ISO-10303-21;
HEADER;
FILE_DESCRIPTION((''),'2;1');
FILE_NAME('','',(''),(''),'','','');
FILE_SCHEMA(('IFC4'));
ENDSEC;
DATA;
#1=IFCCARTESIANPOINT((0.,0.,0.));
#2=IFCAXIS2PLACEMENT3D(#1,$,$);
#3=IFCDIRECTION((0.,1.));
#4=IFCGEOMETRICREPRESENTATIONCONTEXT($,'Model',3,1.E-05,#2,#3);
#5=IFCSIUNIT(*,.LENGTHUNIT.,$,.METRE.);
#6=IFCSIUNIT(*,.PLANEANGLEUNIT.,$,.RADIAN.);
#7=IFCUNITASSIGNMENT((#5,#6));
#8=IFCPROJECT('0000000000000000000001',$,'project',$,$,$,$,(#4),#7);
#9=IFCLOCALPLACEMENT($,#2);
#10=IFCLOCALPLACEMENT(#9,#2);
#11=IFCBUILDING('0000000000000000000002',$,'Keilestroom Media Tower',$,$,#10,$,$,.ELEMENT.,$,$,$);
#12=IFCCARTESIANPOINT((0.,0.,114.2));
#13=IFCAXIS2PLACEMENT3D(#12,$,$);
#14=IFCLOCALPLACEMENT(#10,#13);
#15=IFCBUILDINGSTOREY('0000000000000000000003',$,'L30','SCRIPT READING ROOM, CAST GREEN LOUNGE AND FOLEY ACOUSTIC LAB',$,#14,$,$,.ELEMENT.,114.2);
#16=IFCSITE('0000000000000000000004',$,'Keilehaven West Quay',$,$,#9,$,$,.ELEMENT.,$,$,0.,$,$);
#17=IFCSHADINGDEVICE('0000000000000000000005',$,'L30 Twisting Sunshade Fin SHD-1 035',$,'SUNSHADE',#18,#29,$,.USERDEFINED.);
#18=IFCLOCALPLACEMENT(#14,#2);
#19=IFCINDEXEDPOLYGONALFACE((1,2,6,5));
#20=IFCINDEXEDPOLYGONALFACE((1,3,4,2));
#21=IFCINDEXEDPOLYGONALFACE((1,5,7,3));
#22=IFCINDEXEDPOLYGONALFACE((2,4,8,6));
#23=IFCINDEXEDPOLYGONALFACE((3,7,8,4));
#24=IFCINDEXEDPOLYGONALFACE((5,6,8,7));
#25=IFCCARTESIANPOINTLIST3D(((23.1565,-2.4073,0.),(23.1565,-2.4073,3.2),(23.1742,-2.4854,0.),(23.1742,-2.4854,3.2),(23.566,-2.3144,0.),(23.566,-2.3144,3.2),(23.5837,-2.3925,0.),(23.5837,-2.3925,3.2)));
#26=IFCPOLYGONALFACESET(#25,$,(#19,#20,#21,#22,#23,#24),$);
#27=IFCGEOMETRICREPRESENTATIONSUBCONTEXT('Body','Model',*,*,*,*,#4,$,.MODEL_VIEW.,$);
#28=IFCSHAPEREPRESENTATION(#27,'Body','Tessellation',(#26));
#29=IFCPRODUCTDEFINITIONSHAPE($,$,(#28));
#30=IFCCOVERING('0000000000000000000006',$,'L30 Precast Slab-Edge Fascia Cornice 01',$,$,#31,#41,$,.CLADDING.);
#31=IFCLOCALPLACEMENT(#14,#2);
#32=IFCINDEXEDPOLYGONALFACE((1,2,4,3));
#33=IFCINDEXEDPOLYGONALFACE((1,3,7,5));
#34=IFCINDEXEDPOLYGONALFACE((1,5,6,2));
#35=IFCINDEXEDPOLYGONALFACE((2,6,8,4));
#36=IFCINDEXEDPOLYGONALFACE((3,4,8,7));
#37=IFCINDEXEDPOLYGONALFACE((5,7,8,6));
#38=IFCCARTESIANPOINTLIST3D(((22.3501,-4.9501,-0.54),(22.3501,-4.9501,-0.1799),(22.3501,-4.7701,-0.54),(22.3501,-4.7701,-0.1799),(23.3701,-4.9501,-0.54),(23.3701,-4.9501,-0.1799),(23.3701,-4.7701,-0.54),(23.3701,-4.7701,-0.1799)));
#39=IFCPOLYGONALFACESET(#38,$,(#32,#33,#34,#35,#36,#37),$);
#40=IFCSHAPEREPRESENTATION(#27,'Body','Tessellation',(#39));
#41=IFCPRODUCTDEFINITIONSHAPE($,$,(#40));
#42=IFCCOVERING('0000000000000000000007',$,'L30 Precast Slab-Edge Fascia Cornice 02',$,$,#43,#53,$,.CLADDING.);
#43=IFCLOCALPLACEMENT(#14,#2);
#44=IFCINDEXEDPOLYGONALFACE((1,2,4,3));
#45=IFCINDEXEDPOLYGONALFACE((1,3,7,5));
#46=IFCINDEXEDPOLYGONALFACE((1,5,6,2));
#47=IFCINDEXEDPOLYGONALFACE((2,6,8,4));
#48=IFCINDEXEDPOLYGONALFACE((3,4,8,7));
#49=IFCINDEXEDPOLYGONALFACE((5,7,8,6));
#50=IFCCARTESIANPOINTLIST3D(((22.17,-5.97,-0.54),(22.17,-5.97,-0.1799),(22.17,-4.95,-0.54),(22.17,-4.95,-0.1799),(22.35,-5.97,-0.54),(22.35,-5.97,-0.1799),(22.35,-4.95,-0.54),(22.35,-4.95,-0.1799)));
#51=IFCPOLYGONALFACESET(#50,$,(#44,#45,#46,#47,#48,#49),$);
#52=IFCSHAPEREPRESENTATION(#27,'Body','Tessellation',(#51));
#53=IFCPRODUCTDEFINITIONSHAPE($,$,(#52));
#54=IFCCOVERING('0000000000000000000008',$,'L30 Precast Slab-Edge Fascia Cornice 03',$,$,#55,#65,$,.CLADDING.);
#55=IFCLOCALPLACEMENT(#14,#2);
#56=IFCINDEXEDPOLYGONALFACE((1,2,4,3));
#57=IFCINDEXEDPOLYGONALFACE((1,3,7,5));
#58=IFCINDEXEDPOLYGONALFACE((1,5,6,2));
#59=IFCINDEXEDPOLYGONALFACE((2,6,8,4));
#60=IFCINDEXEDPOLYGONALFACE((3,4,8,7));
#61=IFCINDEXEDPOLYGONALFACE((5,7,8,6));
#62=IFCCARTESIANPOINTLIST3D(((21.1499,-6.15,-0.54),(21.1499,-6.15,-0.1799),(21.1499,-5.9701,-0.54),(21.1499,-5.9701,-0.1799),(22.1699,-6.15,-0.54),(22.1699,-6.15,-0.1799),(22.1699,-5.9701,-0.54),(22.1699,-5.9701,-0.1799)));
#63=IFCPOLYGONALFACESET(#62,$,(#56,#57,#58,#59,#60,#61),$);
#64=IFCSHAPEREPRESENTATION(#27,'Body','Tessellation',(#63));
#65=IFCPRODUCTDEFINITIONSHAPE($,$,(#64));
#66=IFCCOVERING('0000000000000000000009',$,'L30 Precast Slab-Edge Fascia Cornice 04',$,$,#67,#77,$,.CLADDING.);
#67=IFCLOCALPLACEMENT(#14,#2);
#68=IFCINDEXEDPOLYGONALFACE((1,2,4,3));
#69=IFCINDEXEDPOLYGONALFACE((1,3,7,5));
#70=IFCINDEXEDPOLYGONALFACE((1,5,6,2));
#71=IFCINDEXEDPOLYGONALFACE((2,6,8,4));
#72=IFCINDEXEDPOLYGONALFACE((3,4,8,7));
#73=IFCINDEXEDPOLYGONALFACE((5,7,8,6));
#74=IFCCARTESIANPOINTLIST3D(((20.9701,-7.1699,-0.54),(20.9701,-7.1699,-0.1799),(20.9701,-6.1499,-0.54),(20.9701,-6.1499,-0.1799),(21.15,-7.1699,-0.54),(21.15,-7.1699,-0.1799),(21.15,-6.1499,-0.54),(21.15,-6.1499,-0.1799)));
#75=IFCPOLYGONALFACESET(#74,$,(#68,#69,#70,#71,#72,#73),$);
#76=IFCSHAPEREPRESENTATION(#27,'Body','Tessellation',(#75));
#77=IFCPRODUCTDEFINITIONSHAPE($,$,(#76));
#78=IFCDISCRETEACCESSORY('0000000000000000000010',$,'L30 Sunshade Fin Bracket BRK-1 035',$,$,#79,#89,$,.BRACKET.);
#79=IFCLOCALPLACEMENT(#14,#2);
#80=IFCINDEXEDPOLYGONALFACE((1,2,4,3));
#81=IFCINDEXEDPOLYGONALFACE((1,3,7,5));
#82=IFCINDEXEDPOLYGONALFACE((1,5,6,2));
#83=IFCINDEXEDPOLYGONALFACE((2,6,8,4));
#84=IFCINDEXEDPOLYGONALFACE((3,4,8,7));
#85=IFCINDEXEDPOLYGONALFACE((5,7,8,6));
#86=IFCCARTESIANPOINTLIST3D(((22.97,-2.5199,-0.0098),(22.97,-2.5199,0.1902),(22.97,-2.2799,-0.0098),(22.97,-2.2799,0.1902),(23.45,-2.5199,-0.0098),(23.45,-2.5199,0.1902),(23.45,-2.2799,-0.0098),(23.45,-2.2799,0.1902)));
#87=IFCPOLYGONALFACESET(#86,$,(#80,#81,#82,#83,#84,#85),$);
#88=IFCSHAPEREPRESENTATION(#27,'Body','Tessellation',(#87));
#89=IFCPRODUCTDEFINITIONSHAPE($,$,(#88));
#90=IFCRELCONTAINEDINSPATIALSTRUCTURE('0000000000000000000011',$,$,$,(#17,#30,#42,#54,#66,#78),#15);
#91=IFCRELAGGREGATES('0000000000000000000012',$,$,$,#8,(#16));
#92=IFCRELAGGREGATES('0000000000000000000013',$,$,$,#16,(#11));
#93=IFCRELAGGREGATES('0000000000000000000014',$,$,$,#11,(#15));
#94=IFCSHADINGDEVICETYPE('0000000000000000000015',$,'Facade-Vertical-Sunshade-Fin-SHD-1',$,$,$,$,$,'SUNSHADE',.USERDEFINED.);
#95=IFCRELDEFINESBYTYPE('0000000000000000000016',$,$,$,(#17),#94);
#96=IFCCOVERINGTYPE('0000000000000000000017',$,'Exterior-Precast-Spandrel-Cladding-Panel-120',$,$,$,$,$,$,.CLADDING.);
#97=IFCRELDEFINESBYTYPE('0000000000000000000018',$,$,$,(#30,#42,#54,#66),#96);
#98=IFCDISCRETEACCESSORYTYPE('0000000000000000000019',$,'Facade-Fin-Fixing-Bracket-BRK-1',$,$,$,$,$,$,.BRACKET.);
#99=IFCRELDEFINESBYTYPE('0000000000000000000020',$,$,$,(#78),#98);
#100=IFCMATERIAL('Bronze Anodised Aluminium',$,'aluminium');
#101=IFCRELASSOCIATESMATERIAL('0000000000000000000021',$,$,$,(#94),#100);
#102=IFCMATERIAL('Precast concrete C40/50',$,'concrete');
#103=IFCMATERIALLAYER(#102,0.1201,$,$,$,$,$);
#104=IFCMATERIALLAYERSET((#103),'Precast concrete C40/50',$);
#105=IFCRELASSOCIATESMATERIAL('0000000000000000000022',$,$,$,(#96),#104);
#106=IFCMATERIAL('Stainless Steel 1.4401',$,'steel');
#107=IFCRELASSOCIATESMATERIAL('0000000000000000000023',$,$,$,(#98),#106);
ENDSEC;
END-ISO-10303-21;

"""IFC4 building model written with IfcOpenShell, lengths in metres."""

from ifc_helpers import new_model, si_unit, direction, frame, origin, origin_2d, place, context, subcontext, project, spatial, rectangle, extrude, source, transform, mapped, material, layer, layer_set, type_object, element, save


model = new_model("IFC4")

# Units and contexts
model_context = context("Model", 3, precision=1e-05, world=origin(), true_north=direction((0.0, 1.0)))
body_context = subcontext(model_context, "Body", "Model", "MODEL_VIEW")
ifc_project = project(units=[si_unit("LENGTHUNIT", "METRE"), si_unit("PLANEANGLEUNIT", "RADIAN")], contexts=[model_context])

# Site, building, storey
site_placement = place(None, origin())
site = spatial("IfcSite", under=ifc_project, at=site_placement, Name="Keilehaven West Quay", CompositionType="ELEMENT", RefElevation=0.0)
building_placement = place(site_placement, origin())
building = spatial("IfcBuilding", under=site, at=building_placement, Name="Keilestroom Media Tower", CompositionType="ELEMENT")
storey_placement = place(building_placement, frame((0.0, 0.0, 114.2)))
storey = spatial("IfcBuildingStorey", under=building, at=storey_placement, Name="L30", Description="SCRIPT READING ROOM, CAST GREEN LOUNGE AND FOLEY ACOUSTIC LAB", CompositionType="ELEMENT", Elevation=114.2)

# Shared definitions
ifc_material_1 = material(Name="Precast concrete C40/50", Category="concrete")

# Shading device
ifc_material_2 = material(Name="Bronze Anodised Aluminium", Category="aluminium")
shading_device_type = type_object("IfcShadingDeviceType", Name="Facade-Vertical-Sunshade-Fin-SHD-1", ElementType="SUNSHADE", PredefinedType="USERDEFINED", material=ifc_material_2)
shared_shape_1 = source(origin(), body_context, "Body", "SweptSolid", [
    extrude(rectangle(XDim=0.4199, YDim=0.0801, at=origin_2d()), origin(), (0.0, 0.0, 1.0), 3.2),
])
shading_device_placement = place(storey_placement, frame((23.3701, -2.3999, 0.0), z_axis=(0.0, 0.0, 1.0), x_axis=(0.975188, 0.221378, 0.0)))
element("IfcShadingDevice", 1, at=shading_device_placement, inside=storey, type_object=shading_device_type, Name="L30 Twisting Sunshade Fin SHD-1 035", ObjectType="SUNSHADE", PredefinedType="USERDEFINED", context=body_context, shape_type="MappedRepresentation", body=[
    mapped(shared_shape_1, transform((0.0, 0.0, 0.0), x_axis=(1.0, 0.0, 0.0), y_axis=(0.0, 1.0, 0.0), z_axis=(0.0, 0.0, 1.0), scale=1.0)),
])

# Coverings
ifc_layer_1 = layer(ifc_material_1, 0.1201)
ifc_layer_set_1 = layer_set([ifc_layer_1], Name="Precast concrete C40/50")
covering_type = type_object("IfcCoveringType", Name="Exterior-Precast-Spandrel-Cladding-Panel-120", PredefinedType="CLADDING", material=ifc_layer_set_1)
shared_shape_2 = source(origin(), body_context, "Body", "SweptSolid", [
    extrude(rectangle(XDim=1.02, YDim=0.1799, at=origin_2d()), origin(), (0.0, 0.0, 1.0), 0.3601),
])
for number, where, z_axis, x_axis, name in (
    (2, (22.8601, -4.8601, -0.54), (0.0, 0.0, 1.0), (-1.0, 0.0, 0.0), "L30 Precast Slab-Edge Fascia Cornice 01"),
    (3, (22.26, -5.46, -0.54), (0.0, 0.0, 1.0), (0.0, -1.0, 0.0), "L30 Precast Slab-Edge Fascia Cornice 02"),
    (4, (21.6599, -6.0601, -0.54), (0.0, 0.0, 1.0), (-1.0, 0.0, 0.0), "L30 Precast Slab-Edge Fascia Cornice 03"),
    (5, (21.0601, -6.6599, -0.54), (0.0, 0.0, 1.0), (0.0, -1.0, 0.0), "L30 Precast Slab-Edge Fascia Cornice 04"),
):
    element("IfcCovering", number, at=place(storey_placement, frame(where, z_axis=z_axis, x_axis=x_axis)), inside=storey, type_object=covering_type, Name=name, PredefinedType="CLADDING", context=body_context, shape_type="MappedRepresentation", body=[
        mapped(shared_shape_2, transform((0.0, 0.0, 0.0), x_axis=(1.0, 0.0, 0.0), y_axis=(0.0, 1.0, 0.0), z_axis=(0.0, 0.0, 1.0), scale=1.0)),
    ])

# Discrete accessory
ifc_material_3 = material(Name="Stainless Steel 1.4401", Category="steel")
discrete_accessory_type = type_object("IfcDiscreteAccessoryType", Name="Facade-Fin-Fixing-Bracket-BRK-1", PredefinedType="BRACKET", material=ifc_material_3)
shared_shape_3 = source(origin(), body_context, "Body", "SweptSolid", [
    extrude(rectangle(XDim=0.48, YDim=0.24, at=origin_2d()), origin(), (0.0, 0.0, 1.0), 0.2),
])
discrete_accessory_placement = place(storey_placement, frame((23.21, -2.3999, -0.0098), z_axis=(0.0, 0.0, 1.0), x_axis=(1.0, 0.0, 0.0)))
element("IfcDiscreteAccessory", 6, at=discrete_accessory_placement, inside=storey, type_object=discrete_accessory_type, Name="L30 Sunshade Fin Bracket BRK-1 035", PredefinedType="BRACKET", context=body_context, shape_type="MappedRepresentation", body=[
    mapped(shared_shape_3, transform((0.0, 0.0, 0.0), x_axis=(1.0, 0.0, 0.0), y_axis=(0.0, 1.0, 0.0), z_axis=(0.0, 0.0, 1.0), scale=1.0)),
])

save(model, "model.ifc")
